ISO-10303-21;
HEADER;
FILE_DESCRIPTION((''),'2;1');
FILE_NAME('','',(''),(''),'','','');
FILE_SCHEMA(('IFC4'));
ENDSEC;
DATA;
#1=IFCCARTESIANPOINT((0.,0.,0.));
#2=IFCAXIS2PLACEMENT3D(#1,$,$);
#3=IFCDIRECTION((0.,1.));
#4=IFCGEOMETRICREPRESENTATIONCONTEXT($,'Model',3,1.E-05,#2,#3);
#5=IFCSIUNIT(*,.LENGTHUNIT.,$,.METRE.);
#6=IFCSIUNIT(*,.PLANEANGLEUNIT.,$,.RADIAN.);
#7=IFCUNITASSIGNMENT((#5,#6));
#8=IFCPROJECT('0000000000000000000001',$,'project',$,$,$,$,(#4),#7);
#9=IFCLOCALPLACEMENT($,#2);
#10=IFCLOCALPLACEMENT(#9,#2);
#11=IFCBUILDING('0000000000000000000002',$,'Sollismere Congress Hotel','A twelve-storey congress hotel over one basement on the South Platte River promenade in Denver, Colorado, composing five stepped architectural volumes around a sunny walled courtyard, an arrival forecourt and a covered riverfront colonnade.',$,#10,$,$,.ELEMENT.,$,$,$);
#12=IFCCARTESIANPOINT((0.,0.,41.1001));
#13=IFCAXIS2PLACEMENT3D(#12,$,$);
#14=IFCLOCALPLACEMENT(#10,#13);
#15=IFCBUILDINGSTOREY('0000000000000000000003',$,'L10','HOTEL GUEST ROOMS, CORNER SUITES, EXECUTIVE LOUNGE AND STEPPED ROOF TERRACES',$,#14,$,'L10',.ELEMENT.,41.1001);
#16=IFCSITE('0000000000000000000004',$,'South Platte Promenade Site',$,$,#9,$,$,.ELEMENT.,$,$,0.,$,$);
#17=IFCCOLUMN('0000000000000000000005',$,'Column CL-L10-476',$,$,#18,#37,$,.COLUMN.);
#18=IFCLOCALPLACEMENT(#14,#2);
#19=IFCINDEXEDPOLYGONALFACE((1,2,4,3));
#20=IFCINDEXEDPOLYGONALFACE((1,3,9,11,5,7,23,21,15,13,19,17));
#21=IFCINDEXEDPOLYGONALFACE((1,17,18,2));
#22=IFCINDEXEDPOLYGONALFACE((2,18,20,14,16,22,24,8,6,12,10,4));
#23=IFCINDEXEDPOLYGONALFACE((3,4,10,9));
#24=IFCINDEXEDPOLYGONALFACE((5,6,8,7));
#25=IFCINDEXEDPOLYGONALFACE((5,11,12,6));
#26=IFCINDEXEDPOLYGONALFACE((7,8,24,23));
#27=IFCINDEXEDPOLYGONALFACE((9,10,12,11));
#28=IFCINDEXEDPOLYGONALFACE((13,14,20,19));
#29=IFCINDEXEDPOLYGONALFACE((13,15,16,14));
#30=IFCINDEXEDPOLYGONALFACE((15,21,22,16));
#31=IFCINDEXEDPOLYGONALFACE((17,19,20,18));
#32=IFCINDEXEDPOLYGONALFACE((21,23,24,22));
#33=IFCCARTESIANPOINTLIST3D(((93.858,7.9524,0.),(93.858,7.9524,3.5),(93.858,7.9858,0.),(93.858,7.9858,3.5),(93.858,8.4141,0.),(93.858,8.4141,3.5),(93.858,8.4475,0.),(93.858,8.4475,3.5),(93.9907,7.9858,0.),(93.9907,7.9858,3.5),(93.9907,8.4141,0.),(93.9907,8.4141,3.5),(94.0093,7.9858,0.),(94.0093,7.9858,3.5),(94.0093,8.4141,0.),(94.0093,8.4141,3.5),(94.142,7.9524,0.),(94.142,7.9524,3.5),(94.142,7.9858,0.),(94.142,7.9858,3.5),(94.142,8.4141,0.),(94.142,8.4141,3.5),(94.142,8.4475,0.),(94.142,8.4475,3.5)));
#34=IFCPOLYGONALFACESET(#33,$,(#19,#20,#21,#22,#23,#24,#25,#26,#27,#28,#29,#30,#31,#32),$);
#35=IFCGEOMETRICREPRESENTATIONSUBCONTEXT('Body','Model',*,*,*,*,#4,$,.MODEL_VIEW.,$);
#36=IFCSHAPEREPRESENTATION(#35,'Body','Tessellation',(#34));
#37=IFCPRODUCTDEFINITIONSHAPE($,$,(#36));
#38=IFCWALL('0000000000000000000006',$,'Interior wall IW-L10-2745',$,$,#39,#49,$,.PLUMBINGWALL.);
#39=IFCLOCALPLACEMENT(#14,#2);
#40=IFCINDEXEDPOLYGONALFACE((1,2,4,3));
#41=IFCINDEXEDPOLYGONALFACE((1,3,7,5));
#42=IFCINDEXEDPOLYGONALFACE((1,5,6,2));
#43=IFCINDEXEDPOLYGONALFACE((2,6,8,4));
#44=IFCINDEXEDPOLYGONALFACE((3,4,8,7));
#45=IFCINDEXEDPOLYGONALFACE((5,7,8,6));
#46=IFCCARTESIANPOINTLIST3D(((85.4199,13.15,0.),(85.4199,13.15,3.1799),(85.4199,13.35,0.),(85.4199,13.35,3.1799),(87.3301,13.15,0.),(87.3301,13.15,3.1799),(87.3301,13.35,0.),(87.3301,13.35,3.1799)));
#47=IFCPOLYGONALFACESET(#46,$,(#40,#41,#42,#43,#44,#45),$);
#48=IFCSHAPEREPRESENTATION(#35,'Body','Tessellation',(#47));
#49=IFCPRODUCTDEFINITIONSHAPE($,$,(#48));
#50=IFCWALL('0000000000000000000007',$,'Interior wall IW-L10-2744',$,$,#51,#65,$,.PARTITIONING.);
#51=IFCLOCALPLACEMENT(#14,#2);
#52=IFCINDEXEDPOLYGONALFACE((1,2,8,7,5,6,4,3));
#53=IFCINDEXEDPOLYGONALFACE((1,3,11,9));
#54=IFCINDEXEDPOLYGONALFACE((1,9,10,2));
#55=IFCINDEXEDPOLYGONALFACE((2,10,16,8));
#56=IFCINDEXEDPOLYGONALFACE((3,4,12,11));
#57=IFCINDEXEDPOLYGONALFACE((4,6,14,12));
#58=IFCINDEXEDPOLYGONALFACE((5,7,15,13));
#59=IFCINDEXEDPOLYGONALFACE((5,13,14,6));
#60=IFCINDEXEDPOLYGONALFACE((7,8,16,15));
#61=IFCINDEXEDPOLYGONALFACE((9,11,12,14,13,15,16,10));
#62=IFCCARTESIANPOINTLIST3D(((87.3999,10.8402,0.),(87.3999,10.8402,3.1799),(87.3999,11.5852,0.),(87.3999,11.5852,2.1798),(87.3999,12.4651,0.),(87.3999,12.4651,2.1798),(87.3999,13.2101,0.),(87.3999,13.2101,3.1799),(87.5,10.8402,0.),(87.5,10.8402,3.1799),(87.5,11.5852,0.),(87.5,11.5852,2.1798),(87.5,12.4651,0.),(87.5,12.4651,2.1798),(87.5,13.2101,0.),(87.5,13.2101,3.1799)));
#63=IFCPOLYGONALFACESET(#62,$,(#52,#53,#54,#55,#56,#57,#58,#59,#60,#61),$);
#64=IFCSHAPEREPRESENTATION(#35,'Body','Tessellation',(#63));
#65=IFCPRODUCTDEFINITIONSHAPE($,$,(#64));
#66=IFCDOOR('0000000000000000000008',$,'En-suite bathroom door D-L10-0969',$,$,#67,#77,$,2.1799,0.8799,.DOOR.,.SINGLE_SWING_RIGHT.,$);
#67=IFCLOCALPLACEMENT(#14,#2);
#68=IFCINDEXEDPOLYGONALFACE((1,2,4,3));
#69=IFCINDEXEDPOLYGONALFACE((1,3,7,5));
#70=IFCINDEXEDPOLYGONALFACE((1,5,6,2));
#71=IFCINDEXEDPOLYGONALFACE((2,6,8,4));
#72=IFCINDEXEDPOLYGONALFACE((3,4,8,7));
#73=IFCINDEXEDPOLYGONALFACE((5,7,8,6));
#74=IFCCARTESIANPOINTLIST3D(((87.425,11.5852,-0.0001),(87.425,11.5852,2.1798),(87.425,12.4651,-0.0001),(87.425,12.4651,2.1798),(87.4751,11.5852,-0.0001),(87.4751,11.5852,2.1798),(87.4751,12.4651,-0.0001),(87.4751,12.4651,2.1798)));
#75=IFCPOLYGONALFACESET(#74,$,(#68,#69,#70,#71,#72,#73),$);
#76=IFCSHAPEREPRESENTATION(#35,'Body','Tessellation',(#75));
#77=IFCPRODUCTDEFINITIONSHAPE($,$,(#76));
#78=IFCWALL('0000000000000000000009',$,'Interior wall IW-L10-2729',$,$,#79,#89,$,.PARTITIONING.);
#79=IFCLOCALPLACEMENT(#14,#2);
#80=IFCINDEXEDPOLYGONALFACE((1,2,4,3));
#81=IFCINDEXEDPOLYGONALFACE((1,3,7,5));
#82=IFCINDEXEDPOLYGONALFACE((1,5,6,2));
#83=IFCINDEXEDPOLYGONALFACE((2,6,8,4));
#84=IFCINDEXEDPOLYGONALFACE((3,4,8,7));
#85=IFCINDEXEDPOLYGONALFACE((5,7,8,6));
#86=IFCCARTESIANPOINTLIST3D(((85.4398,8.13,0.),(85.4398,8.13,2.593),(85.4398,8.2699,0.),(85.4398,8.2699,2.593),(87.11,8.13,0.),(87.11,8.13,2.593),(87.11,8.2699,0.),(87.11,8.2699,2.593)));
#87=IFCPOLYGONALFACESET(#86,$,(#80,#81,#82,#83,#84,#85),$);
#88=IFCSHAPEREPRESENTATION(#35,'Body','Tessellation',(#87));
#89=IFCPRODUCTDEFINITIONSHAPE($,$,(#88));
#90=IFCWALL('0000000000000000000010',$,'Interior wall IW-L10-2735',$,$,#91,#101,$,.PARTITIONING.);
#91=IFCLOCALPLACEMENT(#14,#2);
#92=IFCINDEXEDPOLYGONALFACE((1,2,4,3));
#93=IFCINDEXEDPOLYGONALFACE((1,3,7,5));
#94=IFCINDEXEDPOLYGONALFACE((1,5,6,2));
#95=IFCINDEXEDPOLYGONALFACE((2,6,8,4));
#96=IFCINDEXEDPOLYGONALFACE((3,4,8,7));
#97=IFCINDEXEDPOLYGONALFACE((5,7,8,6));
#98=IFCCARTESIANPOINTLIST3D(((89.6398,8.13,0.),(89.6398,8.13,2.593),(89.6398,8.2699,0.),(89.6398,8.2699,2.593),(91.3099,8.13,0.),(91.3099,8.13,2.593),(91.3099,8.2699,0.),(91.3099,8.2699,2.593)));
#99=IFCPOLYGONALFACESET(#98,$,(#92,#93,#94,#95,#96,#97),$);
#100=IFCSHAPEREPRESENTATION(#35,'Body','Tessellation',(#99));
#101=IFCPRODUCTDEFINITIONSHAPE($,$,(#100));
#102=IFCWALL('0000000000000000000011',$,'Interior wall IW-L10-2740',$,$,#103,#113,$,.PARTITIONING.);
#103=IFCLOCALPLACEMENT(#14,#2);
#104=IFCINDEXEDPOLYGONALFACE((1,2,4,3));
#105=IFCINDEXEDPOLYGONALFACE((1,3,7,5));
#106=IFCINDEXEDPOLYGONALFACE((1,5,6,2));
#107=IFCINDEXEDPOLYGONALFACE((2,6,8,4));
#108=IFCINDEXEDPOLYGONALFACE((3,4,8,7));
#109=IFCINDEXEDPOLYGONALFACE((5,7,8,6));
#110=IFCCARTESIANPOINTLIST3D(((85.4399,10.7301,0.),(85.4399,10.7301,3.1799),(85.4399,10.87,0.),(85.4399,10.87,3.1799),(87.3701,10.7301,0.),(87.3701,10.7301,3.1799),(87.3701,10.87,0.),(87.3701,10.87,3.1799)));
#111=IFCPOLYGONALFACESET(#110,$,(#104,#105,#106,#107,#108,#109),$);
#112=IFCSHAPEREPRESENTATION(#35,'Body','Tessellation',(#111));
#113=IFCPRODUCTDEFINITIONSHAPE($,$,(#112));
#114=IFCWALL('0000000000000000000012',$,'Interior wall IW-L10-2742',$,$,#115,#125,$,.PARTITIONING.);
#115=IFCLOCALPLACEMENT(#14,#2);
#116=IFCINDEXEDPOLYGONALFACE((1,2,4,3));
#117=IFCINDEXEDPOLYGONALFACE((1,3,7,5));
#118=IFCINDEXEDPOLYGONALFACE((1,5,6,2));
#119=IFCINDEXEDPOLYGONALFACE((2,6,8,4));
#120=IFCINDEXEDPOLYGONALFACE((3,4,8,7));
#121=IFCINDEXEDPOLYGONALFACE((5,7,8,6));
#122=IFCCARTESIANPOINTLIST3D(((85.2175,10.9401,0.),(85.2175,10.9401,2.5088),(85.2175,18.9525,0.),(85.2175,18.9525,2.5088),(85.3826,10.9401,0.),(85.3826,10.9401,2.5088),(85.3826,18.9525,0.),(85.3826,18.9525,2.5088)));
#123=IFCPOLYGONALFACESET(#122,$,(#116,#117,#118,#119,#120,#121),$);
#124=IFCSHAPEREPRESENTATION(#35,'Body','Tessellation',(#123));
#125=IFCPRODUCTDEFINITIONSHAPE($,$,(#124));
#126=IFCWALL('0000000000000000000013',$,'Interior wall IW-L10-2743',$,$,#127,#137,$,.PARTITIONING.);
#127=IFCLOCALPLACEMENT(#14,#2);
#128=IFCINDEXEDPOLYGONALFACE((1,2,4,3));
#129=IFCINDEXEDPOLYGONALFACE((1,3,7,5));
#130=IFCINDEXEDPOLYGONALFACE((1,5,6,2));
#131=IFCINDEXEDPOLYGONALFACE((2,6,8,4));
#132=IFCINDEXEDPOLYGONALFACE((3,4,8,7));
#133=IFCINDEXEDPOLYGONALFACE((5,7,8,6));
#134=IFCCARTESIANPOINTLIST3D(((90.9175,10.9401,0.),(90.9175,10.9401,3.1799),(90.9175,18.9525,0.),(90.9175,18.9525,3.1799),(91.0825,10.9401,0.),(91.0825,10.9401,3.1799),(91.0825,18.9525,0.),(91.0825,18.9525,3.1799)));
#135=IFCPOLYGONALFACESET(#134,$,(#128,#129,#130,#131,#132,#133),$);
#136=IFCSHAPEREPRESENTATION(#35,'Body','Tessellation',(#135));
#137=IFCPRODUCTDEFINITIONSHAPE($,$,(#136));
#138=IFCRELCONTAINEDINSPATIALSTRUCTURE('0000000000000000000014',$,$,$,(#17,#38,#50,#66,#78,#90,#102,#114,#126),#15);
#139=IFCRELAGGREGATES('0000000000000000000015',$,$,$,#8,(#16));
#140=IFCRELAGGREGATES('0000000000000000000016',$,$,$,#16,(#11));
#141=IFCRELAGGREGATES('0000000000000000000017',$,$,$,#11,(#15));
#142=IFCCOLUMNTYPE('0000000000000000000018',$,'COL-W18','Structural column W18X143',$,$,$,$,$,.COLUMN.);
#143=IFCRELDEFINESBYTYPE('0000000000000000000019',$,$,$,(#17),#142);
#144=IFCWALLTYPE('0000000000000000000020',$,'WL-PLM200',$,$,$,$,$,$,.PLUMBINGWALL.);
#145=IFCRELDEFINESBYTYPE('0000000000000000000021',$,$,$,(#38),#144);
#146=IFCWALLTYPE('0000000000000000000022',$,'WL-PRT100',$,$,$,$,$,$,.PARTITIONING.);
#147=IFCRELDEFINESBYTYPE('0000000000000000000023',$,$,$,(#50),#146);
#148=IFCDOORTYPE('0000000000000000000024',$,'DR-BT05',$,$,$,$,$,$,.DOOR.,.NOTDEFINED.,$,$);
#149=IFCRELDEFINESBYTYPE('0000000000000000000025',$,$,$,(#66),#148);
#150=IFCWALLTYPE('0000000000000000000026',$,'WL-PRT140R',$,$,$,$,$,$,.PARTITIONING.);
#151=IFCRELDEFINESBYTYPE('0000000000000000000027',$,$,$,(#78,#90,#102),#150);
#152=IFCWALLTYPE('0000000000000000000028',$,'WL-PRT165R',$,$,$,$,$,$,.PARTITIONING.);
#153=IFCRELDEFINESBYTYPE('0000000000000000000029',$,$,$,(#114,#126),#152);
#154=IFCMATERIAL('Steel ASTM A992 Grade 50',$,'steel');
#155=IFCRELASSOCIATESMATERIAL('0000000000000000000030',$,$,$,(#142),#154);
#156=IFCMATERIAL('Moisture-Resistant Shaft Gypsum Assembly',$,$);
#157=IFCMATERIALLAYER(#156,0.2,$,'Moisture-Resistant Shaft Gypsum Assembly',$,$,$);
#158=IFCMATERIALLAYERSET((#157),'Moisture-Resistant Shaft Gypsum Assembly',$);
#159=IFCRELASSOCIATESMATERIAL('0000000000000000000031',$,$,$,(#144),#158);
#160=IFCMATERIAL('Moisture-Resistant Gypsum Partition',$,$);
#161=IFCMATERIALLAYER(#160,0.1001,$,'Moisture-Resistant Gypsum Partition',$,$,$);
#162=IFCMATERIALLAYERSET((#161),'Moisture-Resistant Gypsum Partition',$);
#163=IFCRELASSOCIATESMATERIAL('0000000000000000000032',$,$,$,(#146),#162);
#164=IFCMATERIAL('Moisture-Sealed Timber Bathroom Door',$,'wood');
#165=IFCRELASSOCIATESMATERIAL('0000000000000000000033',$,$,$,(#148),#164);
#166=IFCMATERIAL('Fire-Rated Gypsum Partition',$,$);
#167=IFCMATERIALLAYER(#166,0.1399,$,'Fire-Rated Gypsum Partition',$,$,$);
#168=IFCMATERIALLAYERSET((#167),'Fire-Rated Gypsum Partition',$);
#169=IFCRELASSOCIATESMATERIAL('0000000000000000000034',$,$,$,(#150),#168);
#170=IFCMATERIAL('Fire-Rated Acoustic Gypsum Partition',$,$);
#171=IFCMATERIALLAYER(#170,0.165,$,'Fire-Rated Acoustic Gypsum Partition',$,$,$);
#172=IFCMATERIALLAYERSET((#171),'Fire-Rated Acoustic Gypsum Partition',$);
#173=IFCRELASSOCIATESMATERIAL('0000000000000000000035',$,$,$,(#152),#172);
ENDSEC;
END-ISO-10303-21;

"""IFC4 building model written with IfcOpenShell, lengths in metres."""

from ifc_helpers import new_model, si_unit, direction, frame, frame_2d, origin, origin_2d, place, context, subcontext, project, spatial, rectangle, i_section, extrude, material, layer, layer_set, material_profile, profile_set, type_object, element, fill, save


model = new_model("IFC4")

# Units and contexts
model_context = context("Model", 3, precision=1e-05, world=origin(), true_north=direction((0.0, 1.0)))
body_context = subcontext(model_context, "Body", "Model", "MODEL_VIEW")
ifc_project = project(units=[si_unit("LENGTHUNIT", "METRE"), si_unit("PLANEANGLEUNIT", "RADIAN")], contexts=[model_context])

# Site, building, storey
site_placement = place(None, origin())
site = spatial("IfcSite", under=ifc_project, at=site_placement, Name="South Platte Promenade Site", CompositionType="ELEMENT", RefElevation=0.0)
building_placement = place(site_placement, origin())
building = spatial("IfcBuilding", under=site, at=building_placement, Name="Sollismere Congress Hotel", Description="A twelve-storey congress hotel over one basement on the South Platte River promenade in Denver, Colorado, composing five stepped architectural volumes around a sunny walled courtyard, an arrival forecourt and a covered riverfront colonnade.", CompositionType="ELEMENT")
storey_placement = place(building_placement, frame((0.0, 0.0, 41.1001)))
storey = spatial("IfcBuildingStorey", under=building, at=storey_placement, Name="L10", Description="HOTEL GUEST ROOMS, CORNER SUITES, EXECUTIVE LOUNGE AND STEPPED ROOF TERRACES", LongName="L10", CompositionType="ELEMENT", Elevation=41.1001)

# Column
ifc_material_1 = material(Name="Steel ASTM A992 Grade 50", Category="steel")
ifc_material_profile = material_profile(ifc_material_1, i_section(OverallWidth=0.2839, OverallDepth=0.4951, WebThickness=0.0186, FlangeThickness=0.0334, at=origin_2d()), Name="W18X143")
ifc_profile_set = profile_set([ifc_material_profile], Name="Steel ASTM A992 Grade 50")
column_type = type_object("IfcColumnType", Name="COL-W18", Description="Structural column W18X143", PredefinedType="COLUMN", material=ifc_profile_set)
column_placement = place(storey_placement, frame((94.0, 8.2, 0.0), z_axis=(0.0, 0.0, 1.0), x_axis=(1.0, 0.0, 0.0)))
element("IfcColumn", 1, at=column_placement, inside=storey, type_object=column_type, Name="Column CL-L10-476", PredefinedType="COLUMN", context=body_context, shape_type="SweptSolid", body=[
    extrude(i_section(OverallWidth=0.2839, OverallDepth=0.4951, WebThickness=0.0186, FlangeThickness=0.0334, at=origin_2d()), origin(), (0.0, 0.0, 1.0), 3.5),
])

# Wall
ifc_material_2 = material(Name="Moisture-Resistant Shaft Gypsum Assembly")
ifc_layer_1 = layer(ifc_material_2, 0.2, Name="Moisture-Resistant Shaft Gypsum Assembly")
ifc_layer_set_1 = layer_set([ifc_layer_1], Name="Moisture-Resistant Shaft Gypsum Assembly")
wall_type_1 = type_object("IfcWallType", Name="WL-PLM200", PredefinedType="PLUMBINGWALL", material=ifc_layer_set_1)
wall_1_placement = place(storey_placement, frame((85.4199, 13.25, 0.0), z_axis=(0.0, 0.0, 1.0), x_axis=(1.0, 0.0, 0.0)))
element("IfcWall", 2, at=wall_1_placement, inside=storey, type_object=wall_type_1, Name="Interior wall IW-L10-2745", PredefinedType="PLUMBINGWALL", context=body_context, shape_type="SweptSolid", body=[
    extrude(rectangle(XDim=1.9102, YDim=0.2, at=frame_2d((0.9551, 0.0))), origin(), (0.0, 0.0, 1.0), 3.1799),
])

# Wall, opening, door
ifc_material_3 = material(Name="Moisture-Resistant Gypsum Partition")
ifc_layer_2 = layer(ifc_material_3, 0.1001, Name="Moisture-Resistant Gypsum Partition")
ifc_layer_set_2 = layer_set([ifc_layer_2], Name="Moisture-Resistant Gypsum Partition")
wall_type_2 = type_object("IfcWallType", Name="WL-PRT100", PredefinedType="PARTITIONING", material=ifc_layer_set_2)
wall_2_placement = place(storey_placement, frame((87.45, 10.8401, 0.0), z_axis=(0.0, 0.0, 1.0), x_axis=(0.0, 1.0, 0.0)))
wall_2 = element("IfcWall", 3, at=wall_2_placement, inside=storey, type_object=wall_type_2, Name="Interior wall IW-L10-2744", PredefinedType="PARTITIONING", context=body_context, shape_type="SweptSolid", body=[
    extrude(rectangle(XDim=2.3699, YDim=0.1001, at=frame_2d((1.1851, 0.0))), origin(), (0.0, 0.0, 1.0), 3.1799),
])
opening_1_placement = place(wall_2_placement, frame((0.7451, 0.0, 0.0)))
opening_1 = element("IfcOpeningElement", 4, at=opening_1_placement, cuts=wall_2, PredefinedType="OPENING", context=body_context, shape_type="SweptSolid", body=[
    extrude(rectangle(XDim=0.8799, YDim=2.1799, at=frame_2d((0.4399, 1.0898))), frame((0.0, 0.0601, 0.0), z_axis=(0.0, -1.0, 0.0), x_axis=(1.0, 0.0, 0.0)), (0.0, 0.0, 1.0), 0.1201),
])
ifc_material_4 = material(Name="Moisture-Sealed Timber Bathroom Door", Category="wood")
door_type_1 = type_object("IfcDoorType", Name="DR-BT05", OperationType="NOTDEFINED", PredefinedType="DOOR", material=ifc_material_4)
door_1_placement = place(opening_1_placement, origin())
door_1 = element("IfcDoor", 5, at=door_1_placement, inside=storey, type_object=door_type_1, Name="En-suite bathroom door D-L10-0969", OperationType="SINGLE_SWING_RIGHT", OverallHeight=2.1799, OverallWidth=0.8799, PredefinedType="DOOR", context=body_context, shape_type="SweptSolid", body=[
    extrude(rectangle(XDim=0.8799, YDim=2.1799, at=frame_2d((0.4399, 1.0898))), frame((0.0, 0.0249, 0.0), z_axis=(0.0, -1.0, 0.0), x_axis=(1.0, 0.0, 0.0)), (0.0, 0.0, 1.0), 0.05),
])
fill(opening_1, door_1)

# Wall
ifc_material_5 = material(Name="Fire-Rated Gypsum Partition")
ifc_layer_3 = layer(ifc_material_5, 0.1399, Name="Fire-Rated Gypsum Partition")
ifc_layer_set_3 = layer_set([ifc_layer_3], Name="Fire-Rated Gypsum Partition")
wall_type_3 = type_object("IfcWallType", Name="WL-PRT140R", PredefinedType="PARTITIONING", material=ifc_layer_set_3)
wall_3_placement = place(storey_placement, frame((85.4399, 8.2, 0.0), z_axis=(0.0, 0.0, 1.0), x_axis=(1.0, 0.0, 0.0)))
element("IfcWall", 6, at=wall_3_placement, inside=storey, type_object=wall_type_3, Name="Interior wall IW-L10-2729", PredefinedType="PARTITIONING", context=body_context, shape_type="SweptSolid", body=[
    extrude(rectangle(XDim=1.6702, YDim=0.1399, at=frame_2d((0.835, 0.0))), origin(), (0.0, 0.0, 1.0), 2.593),
])

# Wall
wall_4_placement = place(storey_placement, frame((89.6399, 8.2, 0.0), z_axis=(0.0, 0.0, 1.0), x_axis=(1.0, 0.0, 0.0)))
element("IfcWall", 7, at=wall_4_placement, inside=storey, type_object=wall_type_3, Name="Interior wall IW-L10-2735", PredefinedType="PARTITIONING", context=body_context, shape_type="SweptSolid", body=[
    extrude(rectangle(XDim=1.6702, YDim=0.1399, at=frame_2d((0.835, 0.0))), origin(), (0.0, 0.0, 1.0), 2.593),
])

# Wall
wall_5_placement = place(storey_placement, frame((85.4399, 10.8, 0.0), z_axis=(0.0, 0.0, 1.0), x_axis=(1.0, 0.0, 0.0)))
element("IfcWall", 8, at=wall_5_placement, inside=storey, type_object=wall_type_3, Name="Interior wall IW-L10-2740", PredefinedType="PARTITIONING", context=body_context, shape_type="SweptSolid", body=[
    extrude(rectangle(XDim=1.9302, YDim=0.1399, at=frame_2d((0.9651, 0.0))), origin(), (0.0, 0.0, 1.0), 3.1799),
])

# Walls
ifc_material_6 = material(Name="Fire-Rated Acoustic Gypsum Partition")
ifc_layer_4 = layer(ifc_material_6, 0.165, Name="Fire-Rated Acoustic Gypsum Partition")
ifc_layer_set_4 = layer_set([ifc_layer_4], Name="Fire-Rated Acoustic Gypsum Partition")
wall_type_4 = type_object("IfcWallType", Name="WL-PRT165R", PredefinedType="PARTITIONING", material=ifc_layer_set_4)
wall_6_placement = place(storey_placement, frame((85.3, 10.9399, 0.0), z_axis=(0.0, 0.0, 1.0), x_axis=(0.0, 1.0, 0.0)))
element("IfcWall", 9, at=wall_6_placement, inside=storey, type_object=wall_type_4, Name="Interior wall IW-L10-2742", PredefinedType="PARTITIONING", context=body_context, shape_type="SweptSolid", body=[
    extrude(rectangle(XDim=8.0125, YDim=0.165, at=frame_2d((4.0063, 0.0))), origin(), (0.0, 0.0, 1.0), 2.5088),
])
wall_7_placement = place(storey_placement, frame((91.0, 10.9399, 0.0), z_axis=(0.0, 0.0, 1.0), x_axis=(0.0, 1.0, 0.0)))
element("IfcWall", 10, at=wall_7_placement, inside=storey, type_object=wall_type_4, Name="Interior wall IW-L10-2743", PredefinedType="PARTITIONING", context=body_context, shape_type="SweptSolid", body=[
    extrude(rectangle(XDim=8.0125, YDim=0.165, at=frame_2d((4.0063, 0.0))), origin(), (0.0, 0.0, 1.0), 3.1799),
])

save(model, "model.ifc")
